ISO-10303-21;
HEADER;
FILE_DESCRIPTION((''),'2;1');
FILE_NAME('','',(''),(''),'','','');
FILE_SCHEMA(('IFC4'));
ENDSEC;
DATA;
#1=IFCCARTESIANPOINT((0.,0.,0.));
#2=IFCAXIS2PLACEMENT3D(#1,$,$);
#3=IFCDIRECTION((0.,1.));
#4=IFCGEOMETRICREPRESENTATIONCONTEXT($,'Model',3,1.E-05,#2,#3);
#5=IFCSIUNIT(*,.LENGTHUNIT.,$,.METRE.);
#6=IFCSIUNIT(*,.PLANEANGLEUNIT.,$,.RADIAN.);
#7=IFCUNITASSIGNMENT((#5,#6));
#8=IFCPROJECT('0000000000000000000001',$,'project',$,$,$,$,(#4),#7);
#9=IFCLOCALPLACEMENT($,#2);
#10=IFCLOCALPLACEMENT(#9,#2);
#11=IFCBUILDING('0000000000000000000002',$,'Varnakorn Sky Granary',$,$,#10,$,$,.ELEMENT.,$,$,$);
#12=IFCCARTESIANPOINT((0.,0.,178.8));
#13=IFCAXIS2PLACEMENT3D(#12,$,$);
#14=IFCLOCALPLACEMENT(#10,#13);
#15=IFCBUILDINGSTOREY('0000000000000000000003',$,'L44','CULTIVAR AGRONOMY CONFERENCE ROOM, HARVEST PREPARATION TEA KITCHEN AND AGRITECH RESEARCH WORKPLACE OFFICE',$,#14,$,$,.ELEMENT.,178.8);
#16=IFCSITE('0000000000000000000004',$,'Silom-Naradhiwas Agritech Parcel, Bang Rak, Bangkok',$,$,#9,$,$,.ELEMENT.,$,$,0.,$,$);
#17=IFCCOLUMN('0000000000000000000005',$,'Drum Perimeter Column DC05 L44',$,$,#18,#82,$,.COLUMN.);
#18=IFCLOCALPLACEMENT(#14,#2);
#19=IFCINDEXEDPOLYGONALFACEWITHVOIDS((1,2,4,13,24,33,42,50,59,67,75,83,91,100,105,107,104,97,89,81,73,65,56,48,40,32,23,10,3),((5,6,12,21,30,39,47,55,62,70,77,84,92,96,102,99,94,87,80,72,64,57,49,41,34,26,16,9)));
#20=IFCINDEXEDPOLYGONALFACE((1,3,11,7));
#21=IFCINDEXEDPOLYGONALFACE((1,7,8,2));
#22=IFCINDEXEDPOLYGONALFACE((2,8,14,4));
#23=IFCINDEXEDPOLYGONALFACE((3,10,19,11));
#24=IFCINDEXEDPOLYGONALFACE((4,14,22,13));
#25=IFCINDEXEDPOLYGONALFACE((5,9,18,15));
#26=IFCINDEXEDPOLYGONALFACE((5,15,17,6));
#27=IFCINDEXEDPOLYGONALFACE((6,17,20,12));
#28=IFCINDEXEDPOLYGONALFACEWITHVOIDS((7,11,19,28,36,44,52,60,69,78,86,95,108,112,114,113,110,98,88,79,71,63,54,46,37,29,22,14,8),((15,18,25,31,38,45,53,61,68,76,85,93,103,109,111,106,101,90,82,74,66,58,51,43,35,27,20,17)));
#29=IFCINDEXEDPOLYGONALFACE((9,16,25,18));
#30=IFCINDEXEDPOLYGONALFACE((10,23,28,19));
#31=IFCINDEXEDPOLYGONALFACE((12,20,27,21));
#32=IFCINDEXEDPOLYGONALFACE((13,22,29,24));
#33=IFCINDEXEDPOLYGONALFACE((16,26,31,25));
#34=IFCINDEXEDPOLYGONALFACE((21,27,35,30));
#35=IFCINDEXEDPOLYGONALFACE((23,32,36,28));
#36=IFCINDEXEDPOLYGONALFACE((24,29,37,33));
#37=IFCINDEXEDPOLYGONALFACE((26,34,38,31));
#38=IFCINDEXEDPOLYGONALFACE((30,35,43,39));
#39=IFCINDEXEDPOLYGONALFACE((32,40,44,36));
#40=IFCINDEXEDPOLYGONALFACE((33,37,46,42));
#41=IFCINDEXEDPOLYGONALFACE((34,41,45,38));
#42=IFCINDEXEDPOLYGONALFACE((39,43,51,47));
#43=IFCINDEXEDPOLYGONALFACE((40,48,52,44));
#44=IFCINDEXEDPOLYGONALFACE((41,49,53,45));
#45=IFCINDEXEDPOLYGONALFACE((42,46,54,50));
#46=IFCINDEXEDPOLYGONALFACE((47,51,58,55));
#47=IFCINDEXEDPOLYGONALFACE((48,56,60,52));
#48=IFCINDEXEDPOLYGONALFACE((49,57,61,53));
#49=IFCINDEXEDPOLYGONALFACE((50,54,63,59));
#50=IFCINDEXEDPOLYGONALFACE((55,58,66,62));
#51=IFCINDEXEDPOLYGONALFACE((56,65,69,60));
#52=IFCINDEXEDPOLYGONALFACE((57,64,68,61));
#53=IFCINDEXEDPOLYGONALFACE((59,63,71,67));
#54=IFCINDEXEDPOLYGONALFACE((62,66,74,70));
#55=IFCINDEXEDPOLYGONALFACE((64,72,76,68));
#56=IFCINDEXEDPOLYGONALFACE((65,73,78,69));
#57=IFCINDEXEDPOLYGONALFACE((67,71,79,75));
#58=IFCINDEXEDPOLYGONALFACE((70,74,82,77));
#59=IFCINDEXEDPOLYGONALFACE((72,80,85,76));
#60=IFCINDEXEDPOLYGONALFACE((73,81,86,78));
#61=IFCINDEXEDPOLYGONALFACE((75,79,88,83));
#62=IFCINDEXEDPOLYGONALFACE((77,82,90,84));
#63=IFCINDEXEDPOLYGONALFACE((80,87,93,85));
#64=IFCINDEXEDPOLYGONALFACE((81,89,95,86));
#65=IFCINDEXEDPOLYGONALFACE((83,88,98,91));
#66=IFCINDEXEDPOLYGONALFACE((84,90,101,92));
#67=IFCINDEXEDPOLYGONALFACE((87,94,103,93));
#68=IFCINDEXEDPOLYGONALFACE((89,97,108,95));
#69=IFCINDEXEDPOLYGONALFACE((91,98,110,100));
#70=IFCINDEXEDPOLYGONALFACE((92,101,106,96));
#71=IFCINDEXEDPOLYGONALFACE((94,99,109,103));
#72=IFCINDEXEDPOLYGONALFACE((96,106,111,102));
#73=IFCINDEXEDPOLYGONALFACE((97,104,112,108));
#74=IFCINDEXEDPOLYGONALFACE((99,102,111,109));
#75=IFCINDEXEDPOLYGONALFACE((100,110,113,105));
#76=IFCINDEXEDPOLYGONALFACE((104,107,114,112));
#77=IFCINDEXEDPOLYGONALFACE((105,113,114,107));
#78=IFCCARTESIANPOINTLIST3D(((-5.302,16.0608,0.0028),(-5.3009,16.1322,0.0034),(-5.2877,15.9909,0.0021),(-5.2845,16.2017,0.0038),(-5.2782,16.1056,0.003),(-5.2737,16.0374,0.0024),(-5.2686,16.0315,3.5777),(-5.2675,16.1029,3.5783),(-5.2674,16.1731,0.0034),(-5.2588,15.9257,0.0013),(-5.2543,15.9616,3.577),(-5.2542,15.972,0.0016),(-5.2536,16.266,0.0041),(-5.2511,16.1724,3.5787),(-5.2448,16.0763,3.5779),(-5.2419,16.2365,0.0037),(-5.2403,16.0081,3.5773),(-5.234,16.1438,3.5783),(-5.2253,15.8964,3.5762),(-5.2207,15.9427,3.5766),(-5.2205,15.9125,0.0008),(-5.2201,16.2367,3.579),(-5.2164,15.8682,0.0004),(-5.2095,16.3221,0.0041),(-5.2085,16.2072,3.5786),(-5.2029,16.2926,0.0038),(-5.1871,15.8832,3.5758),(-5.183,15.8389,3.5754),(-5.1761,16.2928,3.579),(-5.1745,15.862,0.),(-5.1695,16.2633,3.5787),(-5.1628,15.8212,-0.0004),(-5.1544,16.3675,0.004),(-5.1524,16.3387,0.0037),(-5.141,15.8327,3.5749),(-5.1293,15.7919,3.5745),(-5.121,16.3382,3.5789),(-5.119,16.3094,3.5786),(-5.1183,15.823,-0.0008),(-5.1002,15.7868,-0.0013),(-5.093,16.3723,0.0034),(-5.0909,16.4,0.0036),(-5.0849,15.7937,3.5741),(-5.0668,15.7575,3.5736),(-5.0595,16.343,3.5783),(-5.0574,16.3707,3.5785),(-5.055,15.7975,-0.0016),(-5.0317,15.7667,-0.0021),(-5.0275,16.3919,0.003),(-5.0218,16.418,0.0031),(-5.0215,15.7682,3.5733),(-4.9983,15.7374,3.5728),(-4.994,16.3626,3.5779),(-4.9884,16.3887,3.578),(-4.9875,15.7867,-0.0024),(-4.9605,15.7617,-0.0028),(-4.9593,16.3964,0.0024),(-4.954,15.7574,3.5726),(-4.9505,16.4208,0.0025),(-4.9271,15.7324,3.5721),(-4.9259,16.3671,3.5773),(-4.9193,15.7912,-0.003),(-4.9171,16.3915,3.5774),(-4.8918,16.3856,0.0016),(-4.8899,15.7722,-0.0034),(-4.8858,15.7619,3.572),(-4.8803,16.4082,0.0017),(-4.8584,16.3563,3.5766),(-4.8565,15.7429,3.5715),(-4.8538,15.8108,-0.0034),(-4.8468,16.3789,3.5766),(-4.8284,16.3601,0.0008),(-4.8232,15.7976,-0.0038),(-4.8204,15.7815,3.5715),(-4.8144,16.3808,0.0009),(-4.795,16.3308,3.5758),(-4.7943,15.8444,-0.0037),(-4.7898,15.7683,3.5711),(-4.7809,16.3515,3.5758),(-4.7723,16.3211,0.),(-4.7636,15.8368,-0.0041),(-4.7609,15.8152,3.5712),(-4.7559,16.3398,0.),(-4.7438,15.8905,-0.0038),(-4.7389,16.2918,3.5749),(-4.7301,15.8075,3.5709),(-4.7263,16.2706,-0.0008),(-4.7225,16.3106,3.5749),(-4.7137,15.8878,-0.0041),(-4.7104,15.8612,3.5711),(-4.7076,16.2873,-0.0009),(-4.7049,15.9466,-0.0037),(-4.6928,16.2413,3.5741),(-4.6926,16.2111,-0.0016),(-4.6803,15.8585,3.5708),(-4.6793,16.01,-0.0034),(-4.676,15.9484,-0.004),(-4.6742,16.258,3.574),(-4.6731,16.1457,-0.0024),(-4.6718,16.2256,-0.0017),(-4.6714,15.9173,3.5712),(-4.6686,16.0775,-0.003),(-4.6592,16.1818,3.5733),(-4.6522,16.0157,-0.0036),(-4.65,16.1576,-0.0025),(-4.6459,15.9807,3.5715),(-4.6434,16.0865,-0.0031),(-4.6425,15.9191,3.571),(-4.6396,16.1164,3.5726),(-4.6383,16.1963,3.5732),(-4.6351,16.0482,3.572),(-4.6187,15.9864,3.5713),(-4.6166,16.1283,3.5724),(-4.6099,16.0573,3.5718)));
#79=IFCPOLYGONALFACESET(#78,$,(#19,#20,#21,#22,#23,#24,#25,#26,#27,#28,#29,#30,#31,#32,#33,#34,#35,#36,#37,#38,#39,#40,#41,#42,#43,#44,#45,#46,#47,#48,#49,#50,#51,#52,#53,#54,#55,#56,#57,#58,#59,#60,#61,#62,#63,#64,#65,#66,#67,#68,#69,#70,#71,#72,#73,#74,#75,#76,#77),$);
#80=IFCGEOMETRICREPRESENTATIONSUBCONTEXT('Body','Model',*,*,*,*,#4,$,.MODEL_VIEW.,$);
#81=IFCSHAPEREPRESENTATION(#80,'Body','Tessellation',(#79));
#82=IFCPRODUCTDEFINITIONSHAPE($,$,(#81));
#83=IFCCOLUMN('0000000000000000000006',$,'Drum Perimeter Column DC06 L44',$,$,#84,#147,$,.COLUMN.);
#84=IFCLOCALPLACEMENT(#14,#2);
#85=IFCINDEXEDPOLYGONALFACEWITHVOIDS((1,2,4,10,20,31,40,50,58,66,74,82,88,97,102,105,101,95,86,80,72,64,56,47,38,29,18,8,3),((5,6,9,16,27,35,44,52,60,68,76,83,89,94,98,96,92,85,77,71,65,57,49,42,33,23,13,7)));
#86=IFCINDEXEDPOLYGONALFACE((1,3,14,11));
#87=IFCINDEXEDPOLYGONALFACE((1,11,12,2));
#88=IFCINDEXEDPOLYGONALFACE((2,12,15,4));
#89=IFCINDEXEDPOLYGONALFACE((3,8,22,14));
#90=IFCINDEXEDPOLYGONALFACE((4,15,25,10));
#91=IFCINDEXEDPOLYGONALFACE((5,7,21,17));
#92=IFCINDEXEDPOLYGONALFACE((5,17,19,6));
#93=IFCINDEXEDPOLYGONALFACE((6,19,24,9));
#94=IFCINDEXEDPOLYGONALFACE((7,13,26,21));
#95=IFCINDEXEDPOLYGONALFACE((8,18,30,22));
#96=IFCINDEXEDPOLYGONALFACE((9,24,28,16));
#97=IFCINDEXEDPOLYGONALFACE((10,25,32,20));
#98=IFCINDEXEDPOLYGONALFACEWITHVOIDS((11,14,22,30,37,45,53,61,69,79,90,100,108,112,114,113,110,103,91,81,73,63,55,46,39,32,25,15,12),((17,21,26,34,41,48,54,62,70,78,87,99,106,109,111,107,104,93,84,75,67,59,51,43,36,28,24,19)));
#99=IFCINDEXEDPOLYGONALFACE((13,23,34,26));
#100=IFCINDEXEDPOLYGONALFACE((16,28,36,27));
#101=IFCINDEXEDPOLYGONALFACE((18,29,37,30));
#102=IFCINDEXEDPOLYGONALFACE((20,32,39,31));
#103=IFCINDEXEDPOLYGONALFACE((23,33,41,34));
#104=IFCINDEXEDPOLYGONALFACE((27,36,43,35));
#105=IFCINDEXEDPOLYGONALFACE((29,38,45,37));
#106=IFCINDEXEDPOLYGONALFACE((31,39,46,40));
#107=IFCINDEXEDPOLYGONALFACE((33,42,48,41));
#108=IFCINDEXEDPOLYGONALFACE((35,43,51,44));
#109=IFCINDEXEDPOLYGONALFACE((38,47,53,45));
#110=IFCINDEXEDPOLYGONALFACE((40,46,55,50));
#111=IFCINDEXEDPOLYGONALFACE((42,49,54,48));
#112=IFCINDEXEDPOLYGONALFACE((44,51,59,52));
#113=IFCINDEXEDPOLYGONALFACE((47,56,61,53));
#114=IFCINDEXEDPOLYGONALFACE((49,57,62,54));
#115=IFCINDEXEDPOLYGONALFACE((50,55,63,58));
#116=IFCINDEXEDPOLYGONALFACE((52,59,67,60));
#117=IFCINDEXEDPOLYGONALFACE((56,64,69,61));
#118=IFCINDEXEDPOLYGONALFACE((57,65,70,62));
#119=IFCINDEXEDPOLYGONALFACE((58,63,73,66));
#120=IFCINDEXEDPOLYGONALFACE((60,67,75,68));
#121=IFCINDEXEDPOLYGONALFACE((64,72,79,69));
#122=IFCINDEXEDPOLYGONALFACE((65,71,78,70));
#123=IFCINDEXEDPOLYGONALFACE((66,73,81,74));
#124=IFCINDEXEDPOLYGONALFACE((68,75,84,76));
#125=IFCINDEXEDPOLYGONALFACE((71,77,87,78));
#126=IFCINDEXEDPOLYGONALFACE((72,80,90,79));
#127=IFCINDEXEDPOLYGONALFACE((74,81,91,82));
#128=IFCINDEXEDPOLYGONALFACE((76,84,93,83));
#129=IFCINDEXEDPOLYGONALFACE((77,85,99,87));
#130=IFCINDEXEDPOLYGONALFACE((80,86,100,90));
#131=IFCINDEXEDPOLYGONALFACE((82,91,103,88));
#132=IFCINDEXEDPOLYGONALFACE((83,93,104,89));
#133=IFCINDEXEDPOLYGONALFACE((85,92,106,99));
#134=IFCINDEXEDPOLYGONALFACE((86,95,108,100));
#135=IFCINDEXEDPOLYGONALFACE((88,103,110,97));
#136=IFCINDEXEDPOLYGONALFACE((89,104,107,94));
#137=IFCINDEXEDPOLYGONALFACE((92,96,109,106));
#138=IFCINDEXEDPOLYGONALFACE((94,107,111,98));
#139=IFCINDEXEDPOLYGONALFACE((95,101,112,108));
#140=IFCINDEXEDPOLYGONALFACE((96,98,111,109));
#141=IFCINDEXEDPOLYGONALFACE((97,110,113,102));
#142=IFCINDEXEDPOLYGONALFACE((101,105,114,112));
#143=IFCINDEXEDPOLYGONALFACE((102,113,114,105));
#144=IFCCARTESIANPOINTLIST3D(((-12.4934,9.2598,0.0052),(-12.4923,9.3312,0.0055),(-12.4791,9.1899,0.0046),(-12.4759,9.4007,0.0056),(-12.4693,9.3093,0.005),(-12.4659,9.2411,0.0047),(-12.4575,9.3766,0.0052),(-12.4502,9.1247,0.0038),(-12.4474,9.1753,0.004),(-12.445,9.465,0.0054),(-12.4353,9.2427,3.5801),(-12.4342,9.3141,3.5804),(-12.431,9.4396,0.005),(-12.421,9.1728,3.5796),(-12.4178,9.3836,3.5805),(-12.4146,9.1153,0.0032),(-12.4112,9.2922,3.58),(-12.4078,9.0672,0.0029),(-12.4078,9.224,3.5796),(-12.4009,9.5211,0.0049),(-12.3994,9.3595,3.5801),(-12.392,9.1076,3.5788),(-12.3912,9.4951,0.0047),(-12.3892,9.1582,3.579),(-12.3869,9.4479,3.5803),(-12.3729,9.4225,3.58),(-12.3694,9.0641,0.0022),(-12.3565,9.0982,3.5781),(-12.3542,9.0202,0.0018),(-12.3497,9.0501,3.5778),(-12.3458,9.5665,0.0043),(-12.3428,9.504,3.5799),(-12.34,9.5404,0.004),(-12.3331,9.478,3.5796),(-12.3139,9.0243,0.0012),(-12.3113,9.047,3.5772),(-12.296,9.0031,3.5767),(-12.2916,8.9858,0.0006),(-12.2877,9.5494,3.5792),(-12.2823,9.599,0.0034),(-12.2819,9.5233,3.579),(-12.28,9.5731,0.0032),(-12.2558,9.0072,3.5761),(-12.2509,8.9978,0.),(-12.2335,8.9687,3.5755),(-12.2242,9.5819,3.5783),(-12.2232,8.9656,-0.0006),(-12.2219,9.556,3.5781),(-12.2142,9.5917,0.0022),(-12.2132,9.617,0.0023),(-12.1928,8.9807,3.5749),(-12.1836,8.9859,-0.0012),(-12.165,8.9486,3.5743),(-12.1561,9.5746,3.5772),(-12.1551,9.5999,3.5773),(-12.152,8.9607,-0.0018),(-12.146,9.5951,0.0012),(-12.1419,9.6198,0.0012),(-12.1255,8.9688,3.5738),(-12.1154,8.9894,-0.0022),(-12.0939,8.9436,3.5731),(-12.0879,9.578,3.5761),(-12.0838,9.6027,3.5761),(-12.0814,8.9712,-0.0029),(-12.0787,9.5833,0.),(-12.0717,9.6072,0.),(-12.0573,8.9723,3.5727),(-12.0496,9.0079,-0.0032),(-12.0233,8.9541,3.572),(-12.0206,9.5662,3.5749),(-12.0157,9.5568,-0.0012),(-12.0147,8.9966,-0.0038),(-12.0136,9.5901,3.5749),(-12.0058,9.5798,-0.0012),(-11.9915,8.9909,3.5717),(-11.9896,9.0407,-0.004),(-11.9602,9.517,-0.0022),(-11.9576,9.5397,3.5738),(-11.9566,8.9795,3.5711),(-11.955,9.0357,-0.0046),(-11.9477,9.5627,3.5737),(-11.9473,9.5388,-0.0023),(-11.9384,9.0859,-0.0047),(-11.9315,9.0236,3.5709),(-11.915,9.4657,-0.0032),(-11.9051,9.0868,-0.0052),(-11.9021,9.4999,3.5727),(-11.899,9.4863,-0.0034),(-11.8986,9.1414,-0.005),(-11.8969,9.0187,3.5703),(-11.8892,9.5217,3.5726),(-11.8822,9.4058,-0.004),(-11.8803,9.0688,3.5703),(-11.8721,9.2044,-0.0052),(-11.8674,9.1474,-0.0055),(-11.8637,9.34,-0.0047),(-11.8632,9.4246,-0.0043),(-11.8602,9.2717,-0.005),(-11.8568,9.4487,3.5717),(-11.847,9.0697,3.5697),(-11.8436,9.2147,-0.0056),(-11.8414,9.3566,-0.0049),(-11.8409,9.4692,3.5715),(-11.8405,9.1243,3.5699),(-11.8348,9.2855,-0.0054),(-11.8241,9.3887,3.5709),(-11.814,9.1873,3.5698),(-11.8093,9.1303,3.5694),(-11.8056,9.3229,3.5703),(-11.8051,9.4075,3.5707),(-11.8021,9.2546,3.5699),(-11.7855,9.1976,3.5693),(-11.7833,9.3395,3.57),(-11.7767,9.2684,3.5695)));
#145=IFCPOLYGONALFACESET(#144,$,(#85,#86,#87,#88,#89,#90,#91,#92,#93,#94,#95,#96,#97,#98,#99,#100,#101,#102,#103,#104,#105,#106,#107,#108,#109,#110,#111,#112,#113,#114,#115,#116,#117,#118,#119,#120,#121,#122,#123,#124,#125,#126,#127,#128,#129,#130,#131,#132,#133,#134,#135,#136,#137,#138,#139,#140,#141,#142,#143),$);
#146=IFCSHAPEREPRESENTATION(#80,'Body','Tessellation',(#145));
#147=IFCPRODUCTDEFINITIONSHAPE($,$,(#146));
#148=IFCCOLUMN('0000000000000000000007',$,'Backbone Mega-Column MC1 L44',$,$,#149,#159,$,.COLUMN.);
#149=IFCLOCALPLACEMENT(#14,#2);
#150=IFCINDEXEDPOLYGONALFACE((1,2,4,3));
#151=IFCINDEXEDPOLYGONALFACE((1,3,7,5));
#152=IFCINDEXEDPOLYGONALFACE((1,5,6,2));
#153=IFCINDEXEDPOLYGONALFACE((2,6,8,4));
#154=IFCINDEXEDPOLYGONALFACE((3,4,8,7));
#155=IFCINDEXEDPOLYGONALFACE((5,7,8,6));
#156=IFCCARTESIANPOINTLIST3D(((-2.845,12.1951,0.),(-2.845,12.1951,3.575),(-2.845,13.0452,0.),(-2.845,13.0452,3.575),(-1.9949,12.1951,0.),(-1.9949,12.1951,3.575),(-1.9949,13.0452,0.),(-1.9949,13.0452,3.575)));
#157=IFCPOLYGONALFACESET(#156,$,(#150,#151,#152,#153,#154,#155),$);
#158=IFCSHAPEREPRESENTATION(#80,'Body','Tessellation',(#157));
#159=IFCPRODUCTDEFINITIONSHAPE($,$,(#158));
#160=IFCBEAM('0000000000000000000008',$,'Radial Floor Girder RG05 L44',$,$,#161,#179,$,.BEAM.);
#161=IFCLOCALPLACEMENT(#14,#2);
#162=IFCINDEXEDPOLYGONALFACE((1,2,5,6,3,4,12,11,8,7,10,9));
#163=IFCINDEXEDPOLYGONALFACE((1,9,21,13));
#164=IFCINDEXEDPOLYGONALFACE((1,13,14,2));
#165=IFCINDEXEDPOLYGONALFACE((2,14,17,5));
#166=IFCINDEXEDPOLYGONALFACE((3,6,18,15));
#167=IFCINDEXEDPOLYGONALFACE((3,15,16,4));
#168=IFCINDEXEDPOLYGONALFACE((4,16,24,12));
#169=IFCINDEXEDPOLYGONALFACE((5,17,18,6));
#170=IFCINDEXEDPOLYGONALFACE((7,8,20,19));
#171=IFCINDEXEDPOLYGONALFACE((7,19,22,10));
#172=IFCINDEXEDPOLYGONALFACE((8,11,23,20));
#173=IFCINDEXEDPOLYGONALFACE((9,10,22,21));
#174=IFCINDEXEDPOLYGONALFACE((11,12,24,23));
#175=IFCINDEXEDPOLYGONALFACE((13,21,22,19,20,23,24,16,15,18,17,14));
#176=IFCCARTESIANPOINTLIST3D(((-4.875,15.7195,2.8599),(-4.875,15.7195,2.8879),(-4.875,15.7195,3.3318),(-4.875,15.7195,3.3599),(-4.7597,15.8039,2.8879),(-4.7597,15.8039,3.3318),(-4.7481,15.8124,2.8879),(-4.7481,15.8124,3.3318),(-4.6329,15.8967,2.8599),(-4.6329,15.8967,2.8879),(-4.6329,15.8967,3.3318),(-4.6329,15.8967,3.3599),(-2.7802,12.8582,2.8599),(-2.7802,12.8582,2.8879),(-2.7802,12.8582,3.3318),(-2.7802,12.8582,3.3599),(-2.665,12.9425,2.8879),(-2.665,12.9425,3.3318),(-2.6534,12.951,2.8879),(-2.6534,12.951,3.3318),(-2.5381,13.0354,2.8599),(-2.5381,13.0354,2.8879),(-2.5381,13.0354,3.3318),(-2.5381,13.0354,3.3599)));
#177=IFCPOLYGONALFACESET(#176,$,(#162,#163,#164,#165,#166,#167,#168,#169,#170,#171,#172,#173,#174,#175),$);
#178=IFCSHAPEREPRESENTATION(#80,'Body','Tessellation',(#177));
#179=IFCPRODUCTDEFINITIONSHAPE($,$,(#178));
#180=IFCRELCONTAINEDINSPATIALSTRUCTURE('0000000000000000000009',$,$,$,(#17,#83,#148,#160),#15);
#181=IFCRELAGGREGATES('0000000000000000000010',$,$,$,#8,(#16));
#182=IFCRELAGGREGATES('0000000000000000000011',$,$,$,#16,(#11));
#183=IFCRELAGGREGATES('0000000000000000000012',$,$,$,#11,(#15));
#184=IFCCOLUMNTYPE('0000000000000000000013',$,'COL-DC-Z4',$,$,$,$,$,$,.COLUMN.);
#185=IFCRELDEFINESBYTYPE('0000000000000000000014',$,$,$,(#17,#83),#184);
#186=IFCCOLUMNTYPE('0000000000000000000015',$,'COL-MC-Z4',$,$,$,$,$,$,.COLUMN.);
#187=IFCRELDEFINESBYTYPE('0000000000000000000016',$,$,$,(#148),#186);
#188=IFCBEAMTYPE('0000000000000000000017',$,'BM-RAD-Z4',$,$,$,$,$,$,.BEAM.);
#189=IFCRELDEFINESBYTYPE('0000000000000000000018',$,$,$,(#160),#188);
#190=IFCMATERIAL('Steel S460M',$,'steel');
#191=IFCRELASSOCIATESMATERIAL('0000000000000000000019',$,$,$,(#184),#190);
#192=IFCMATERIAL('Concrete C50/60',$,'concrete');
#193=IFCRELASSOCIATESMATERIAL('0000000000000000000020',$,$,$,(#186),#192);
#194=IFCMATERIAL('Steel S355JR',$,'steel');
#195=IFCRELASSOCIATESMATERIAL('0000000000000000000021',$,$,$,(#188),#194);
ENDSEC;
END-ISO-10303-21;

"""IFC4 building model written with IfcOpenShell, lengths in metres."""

from ifc_helpers import new_model, si_unit, direction, frame, origin, origin_2d, place, context, subcontext, project, spatial, rectangle, hollow_circle, i_section, extrude, material, material_profile, profile_set, type_object, element, save


model = new_model("IFC4")

# Units and contexts
model_context = context("Model", 3, precision=1e-05, world=origin(), true_north=direction((0.0, 1.0)))
body_context = subcontext(model_context, "Body", "Model", "MODEL_VIEW")
ifc_project = project(units=[si_unit("LENGTHUNIT", "METRE"), si_unit("PLANEANGLEUNIT", "RADIAN")], contexts=[model_context])

# Site, building, storey
site_placement = place(None, origin())
site = spatial("IfcSite", under=ifc_project, at=site_placement, Name="Silom-Naradhiwas Agritech Parcel, Bang Rak, Bangkok", CompositionType="ELEMENT", RefElevation=0.0)
building_placement = place(site_placement, origin())
building = spatial("IfcBuilding", under=site, at=building_placement, Name="Varnakorn Sky Granary", CompositionType="ELEMENT")
storey_placement = place(building_placement, frame((0.0, 0.0, 178.8)))
storey = spatial("IfcBuildingStorey", under=building, at=storey_placement, Name="L44", Description="CULTIVAR AGRONOMY CONFERENCE ROOM, HARVEST PREPARATION TEA KITCHEN AND AGRITECH RESEARCH WORKPLACE OFFICE", CompositionType="ELEMENT", Elevation=178.8)

# Columns
ifc_material_1 = material(Name="Steel S460M", Category="steel")
ifc_material_profile_1 = material_profile(ifc_material_1, hollow_circle(Radius=0.3301, WallThickness=0.0249, at=origin_2d()), Name="CHS 660x25")
ifc_profile_set_1 = profile_set([ifc_material_profile_1], Name="Steel S460M")
column_type_1 = type_object("IfcColumnType", Name="COL-DC-Z4", PredefinedType="COLUMN", material=ifc_profile_set_1)
column_1_placement = place(storey_placement, frame((-4.9734, 16.0916, 0.0), z_axis=(0.009355, -0.008194, 0.999923), x_axis=(0.658893, 0.752236, 0.0)))
element("IfcColumn", 1, at=column_1_placement, inside=storey, type_object=column_type_1, Name="Drum Perimeter Column DC05 L44", PredefinedType="COLUMN", context=body_context, shape_type="SweptSolid", body=[
    extrude(hollow_circle(Radius=0.3301, WallThickness=0.0249, at=origin_2d()), origin(), (0.0, 0.0, 1.0), 3.5752),
])
column_2_placement = place(storey_placement, frame((-12.1648, 9.2905, 0.0), z_axis=(0.016251, -0.00478, 0.999857), x_axis=(0.282166, 0.959366, 0.0)))
element("IfcColumn", 2, at=column_2_placement, inside=storey, type_object=column_type_1, Name="Drum Perimeter Column DC06 L44", PredefinedType="COLUMN", context=body_context, shape_type="SweptSolid", body=[
    extrude(hollow_circle(Radius=0.3301, WallThickness=0.0249, at=origin_2d()), origin(), (0.0, 0.0, 1.0), 3.5754),
])
ifc_material_2 = material(Name="Concrete C50/60", Category="concrete")
ifc_material_profile_2 = material_profile(ifc_material_2, rectangle(XDim=0.8501, YDim=0.8501, at=origin_2d()), Name="RC 850x850")
ifc_profile_set_2 = profile_set([ifc_material_profile_2], Name="Concrete C50/60")
column_type_2 = type_object("IfcColumnType", Name="COL-MC-Z4", PredefinedType="COLUMN", material=ifc_profile_set_2)
column_3_placement = place(storey_placement, frame((-2.4199, 12.6201, 0.0), z_axis=(0.0, 0.0, 1.0), x_axis=(1.0, 0.0, 0.0)))
element("IfcColumn", 3, at=column_3_placement, inside=storey, type_object=column_type_2, Name="Backbone Mega-Column MC1 L44", PredefinedType="COLUMN", context=body_context, shape_type="SweptSolid", body=[
    extrude(rectangle(XDim=0.8501, YDim=0.8501, at=origin_2d()), origin(), (0.0, 0.0, 1.0), 3.575),
])

# Beam
ifc_material_3 = material(Name="Steel S355JR", Category="steel")
ifc_material_profile_3 = material_profile(ifc_material_3, i_section(OverallWidth=0.3, OverallDepth=0.5, WebThickness=0.0144, FlangeThickness=0.0281, at=origin_2d()), Name="HE 500 B")
ifc_profile_set_3 = profile_set([ifc_material_profile_3], Name="Steel S355JR")
beam_type_1 = type_object("IfcBeamType", Name="BM-RAD-Z4", PredefinedType="BEAM", material=ifc_profile_set_3)
beam_1_placement = place(storey_placement, frame((-2.6592, 12.9468, 3.1099), z_axis=(-0.590707, 0.806886, 0.0), x_axis=(-0.806886, -0.590707, 0.0)))
element("IfcBeam", 4, at=beam_1_placement, inside=storey, type_object=beam_type_1, Name="Radial Floor Girder RG05 L44", PredefinedType="BEAM", context=body_context, shape_type="SweptSolid", body=[
    extrude(i_section(OverallWidth=0.3, OverallDepth=0.5, WebThickness=0.0144, FlangeThickness=0.0281, at=origin_2d()), origin(), (0.0, 0.0, 1.0), 3.5461),
])

save(model, "model.ifc")
